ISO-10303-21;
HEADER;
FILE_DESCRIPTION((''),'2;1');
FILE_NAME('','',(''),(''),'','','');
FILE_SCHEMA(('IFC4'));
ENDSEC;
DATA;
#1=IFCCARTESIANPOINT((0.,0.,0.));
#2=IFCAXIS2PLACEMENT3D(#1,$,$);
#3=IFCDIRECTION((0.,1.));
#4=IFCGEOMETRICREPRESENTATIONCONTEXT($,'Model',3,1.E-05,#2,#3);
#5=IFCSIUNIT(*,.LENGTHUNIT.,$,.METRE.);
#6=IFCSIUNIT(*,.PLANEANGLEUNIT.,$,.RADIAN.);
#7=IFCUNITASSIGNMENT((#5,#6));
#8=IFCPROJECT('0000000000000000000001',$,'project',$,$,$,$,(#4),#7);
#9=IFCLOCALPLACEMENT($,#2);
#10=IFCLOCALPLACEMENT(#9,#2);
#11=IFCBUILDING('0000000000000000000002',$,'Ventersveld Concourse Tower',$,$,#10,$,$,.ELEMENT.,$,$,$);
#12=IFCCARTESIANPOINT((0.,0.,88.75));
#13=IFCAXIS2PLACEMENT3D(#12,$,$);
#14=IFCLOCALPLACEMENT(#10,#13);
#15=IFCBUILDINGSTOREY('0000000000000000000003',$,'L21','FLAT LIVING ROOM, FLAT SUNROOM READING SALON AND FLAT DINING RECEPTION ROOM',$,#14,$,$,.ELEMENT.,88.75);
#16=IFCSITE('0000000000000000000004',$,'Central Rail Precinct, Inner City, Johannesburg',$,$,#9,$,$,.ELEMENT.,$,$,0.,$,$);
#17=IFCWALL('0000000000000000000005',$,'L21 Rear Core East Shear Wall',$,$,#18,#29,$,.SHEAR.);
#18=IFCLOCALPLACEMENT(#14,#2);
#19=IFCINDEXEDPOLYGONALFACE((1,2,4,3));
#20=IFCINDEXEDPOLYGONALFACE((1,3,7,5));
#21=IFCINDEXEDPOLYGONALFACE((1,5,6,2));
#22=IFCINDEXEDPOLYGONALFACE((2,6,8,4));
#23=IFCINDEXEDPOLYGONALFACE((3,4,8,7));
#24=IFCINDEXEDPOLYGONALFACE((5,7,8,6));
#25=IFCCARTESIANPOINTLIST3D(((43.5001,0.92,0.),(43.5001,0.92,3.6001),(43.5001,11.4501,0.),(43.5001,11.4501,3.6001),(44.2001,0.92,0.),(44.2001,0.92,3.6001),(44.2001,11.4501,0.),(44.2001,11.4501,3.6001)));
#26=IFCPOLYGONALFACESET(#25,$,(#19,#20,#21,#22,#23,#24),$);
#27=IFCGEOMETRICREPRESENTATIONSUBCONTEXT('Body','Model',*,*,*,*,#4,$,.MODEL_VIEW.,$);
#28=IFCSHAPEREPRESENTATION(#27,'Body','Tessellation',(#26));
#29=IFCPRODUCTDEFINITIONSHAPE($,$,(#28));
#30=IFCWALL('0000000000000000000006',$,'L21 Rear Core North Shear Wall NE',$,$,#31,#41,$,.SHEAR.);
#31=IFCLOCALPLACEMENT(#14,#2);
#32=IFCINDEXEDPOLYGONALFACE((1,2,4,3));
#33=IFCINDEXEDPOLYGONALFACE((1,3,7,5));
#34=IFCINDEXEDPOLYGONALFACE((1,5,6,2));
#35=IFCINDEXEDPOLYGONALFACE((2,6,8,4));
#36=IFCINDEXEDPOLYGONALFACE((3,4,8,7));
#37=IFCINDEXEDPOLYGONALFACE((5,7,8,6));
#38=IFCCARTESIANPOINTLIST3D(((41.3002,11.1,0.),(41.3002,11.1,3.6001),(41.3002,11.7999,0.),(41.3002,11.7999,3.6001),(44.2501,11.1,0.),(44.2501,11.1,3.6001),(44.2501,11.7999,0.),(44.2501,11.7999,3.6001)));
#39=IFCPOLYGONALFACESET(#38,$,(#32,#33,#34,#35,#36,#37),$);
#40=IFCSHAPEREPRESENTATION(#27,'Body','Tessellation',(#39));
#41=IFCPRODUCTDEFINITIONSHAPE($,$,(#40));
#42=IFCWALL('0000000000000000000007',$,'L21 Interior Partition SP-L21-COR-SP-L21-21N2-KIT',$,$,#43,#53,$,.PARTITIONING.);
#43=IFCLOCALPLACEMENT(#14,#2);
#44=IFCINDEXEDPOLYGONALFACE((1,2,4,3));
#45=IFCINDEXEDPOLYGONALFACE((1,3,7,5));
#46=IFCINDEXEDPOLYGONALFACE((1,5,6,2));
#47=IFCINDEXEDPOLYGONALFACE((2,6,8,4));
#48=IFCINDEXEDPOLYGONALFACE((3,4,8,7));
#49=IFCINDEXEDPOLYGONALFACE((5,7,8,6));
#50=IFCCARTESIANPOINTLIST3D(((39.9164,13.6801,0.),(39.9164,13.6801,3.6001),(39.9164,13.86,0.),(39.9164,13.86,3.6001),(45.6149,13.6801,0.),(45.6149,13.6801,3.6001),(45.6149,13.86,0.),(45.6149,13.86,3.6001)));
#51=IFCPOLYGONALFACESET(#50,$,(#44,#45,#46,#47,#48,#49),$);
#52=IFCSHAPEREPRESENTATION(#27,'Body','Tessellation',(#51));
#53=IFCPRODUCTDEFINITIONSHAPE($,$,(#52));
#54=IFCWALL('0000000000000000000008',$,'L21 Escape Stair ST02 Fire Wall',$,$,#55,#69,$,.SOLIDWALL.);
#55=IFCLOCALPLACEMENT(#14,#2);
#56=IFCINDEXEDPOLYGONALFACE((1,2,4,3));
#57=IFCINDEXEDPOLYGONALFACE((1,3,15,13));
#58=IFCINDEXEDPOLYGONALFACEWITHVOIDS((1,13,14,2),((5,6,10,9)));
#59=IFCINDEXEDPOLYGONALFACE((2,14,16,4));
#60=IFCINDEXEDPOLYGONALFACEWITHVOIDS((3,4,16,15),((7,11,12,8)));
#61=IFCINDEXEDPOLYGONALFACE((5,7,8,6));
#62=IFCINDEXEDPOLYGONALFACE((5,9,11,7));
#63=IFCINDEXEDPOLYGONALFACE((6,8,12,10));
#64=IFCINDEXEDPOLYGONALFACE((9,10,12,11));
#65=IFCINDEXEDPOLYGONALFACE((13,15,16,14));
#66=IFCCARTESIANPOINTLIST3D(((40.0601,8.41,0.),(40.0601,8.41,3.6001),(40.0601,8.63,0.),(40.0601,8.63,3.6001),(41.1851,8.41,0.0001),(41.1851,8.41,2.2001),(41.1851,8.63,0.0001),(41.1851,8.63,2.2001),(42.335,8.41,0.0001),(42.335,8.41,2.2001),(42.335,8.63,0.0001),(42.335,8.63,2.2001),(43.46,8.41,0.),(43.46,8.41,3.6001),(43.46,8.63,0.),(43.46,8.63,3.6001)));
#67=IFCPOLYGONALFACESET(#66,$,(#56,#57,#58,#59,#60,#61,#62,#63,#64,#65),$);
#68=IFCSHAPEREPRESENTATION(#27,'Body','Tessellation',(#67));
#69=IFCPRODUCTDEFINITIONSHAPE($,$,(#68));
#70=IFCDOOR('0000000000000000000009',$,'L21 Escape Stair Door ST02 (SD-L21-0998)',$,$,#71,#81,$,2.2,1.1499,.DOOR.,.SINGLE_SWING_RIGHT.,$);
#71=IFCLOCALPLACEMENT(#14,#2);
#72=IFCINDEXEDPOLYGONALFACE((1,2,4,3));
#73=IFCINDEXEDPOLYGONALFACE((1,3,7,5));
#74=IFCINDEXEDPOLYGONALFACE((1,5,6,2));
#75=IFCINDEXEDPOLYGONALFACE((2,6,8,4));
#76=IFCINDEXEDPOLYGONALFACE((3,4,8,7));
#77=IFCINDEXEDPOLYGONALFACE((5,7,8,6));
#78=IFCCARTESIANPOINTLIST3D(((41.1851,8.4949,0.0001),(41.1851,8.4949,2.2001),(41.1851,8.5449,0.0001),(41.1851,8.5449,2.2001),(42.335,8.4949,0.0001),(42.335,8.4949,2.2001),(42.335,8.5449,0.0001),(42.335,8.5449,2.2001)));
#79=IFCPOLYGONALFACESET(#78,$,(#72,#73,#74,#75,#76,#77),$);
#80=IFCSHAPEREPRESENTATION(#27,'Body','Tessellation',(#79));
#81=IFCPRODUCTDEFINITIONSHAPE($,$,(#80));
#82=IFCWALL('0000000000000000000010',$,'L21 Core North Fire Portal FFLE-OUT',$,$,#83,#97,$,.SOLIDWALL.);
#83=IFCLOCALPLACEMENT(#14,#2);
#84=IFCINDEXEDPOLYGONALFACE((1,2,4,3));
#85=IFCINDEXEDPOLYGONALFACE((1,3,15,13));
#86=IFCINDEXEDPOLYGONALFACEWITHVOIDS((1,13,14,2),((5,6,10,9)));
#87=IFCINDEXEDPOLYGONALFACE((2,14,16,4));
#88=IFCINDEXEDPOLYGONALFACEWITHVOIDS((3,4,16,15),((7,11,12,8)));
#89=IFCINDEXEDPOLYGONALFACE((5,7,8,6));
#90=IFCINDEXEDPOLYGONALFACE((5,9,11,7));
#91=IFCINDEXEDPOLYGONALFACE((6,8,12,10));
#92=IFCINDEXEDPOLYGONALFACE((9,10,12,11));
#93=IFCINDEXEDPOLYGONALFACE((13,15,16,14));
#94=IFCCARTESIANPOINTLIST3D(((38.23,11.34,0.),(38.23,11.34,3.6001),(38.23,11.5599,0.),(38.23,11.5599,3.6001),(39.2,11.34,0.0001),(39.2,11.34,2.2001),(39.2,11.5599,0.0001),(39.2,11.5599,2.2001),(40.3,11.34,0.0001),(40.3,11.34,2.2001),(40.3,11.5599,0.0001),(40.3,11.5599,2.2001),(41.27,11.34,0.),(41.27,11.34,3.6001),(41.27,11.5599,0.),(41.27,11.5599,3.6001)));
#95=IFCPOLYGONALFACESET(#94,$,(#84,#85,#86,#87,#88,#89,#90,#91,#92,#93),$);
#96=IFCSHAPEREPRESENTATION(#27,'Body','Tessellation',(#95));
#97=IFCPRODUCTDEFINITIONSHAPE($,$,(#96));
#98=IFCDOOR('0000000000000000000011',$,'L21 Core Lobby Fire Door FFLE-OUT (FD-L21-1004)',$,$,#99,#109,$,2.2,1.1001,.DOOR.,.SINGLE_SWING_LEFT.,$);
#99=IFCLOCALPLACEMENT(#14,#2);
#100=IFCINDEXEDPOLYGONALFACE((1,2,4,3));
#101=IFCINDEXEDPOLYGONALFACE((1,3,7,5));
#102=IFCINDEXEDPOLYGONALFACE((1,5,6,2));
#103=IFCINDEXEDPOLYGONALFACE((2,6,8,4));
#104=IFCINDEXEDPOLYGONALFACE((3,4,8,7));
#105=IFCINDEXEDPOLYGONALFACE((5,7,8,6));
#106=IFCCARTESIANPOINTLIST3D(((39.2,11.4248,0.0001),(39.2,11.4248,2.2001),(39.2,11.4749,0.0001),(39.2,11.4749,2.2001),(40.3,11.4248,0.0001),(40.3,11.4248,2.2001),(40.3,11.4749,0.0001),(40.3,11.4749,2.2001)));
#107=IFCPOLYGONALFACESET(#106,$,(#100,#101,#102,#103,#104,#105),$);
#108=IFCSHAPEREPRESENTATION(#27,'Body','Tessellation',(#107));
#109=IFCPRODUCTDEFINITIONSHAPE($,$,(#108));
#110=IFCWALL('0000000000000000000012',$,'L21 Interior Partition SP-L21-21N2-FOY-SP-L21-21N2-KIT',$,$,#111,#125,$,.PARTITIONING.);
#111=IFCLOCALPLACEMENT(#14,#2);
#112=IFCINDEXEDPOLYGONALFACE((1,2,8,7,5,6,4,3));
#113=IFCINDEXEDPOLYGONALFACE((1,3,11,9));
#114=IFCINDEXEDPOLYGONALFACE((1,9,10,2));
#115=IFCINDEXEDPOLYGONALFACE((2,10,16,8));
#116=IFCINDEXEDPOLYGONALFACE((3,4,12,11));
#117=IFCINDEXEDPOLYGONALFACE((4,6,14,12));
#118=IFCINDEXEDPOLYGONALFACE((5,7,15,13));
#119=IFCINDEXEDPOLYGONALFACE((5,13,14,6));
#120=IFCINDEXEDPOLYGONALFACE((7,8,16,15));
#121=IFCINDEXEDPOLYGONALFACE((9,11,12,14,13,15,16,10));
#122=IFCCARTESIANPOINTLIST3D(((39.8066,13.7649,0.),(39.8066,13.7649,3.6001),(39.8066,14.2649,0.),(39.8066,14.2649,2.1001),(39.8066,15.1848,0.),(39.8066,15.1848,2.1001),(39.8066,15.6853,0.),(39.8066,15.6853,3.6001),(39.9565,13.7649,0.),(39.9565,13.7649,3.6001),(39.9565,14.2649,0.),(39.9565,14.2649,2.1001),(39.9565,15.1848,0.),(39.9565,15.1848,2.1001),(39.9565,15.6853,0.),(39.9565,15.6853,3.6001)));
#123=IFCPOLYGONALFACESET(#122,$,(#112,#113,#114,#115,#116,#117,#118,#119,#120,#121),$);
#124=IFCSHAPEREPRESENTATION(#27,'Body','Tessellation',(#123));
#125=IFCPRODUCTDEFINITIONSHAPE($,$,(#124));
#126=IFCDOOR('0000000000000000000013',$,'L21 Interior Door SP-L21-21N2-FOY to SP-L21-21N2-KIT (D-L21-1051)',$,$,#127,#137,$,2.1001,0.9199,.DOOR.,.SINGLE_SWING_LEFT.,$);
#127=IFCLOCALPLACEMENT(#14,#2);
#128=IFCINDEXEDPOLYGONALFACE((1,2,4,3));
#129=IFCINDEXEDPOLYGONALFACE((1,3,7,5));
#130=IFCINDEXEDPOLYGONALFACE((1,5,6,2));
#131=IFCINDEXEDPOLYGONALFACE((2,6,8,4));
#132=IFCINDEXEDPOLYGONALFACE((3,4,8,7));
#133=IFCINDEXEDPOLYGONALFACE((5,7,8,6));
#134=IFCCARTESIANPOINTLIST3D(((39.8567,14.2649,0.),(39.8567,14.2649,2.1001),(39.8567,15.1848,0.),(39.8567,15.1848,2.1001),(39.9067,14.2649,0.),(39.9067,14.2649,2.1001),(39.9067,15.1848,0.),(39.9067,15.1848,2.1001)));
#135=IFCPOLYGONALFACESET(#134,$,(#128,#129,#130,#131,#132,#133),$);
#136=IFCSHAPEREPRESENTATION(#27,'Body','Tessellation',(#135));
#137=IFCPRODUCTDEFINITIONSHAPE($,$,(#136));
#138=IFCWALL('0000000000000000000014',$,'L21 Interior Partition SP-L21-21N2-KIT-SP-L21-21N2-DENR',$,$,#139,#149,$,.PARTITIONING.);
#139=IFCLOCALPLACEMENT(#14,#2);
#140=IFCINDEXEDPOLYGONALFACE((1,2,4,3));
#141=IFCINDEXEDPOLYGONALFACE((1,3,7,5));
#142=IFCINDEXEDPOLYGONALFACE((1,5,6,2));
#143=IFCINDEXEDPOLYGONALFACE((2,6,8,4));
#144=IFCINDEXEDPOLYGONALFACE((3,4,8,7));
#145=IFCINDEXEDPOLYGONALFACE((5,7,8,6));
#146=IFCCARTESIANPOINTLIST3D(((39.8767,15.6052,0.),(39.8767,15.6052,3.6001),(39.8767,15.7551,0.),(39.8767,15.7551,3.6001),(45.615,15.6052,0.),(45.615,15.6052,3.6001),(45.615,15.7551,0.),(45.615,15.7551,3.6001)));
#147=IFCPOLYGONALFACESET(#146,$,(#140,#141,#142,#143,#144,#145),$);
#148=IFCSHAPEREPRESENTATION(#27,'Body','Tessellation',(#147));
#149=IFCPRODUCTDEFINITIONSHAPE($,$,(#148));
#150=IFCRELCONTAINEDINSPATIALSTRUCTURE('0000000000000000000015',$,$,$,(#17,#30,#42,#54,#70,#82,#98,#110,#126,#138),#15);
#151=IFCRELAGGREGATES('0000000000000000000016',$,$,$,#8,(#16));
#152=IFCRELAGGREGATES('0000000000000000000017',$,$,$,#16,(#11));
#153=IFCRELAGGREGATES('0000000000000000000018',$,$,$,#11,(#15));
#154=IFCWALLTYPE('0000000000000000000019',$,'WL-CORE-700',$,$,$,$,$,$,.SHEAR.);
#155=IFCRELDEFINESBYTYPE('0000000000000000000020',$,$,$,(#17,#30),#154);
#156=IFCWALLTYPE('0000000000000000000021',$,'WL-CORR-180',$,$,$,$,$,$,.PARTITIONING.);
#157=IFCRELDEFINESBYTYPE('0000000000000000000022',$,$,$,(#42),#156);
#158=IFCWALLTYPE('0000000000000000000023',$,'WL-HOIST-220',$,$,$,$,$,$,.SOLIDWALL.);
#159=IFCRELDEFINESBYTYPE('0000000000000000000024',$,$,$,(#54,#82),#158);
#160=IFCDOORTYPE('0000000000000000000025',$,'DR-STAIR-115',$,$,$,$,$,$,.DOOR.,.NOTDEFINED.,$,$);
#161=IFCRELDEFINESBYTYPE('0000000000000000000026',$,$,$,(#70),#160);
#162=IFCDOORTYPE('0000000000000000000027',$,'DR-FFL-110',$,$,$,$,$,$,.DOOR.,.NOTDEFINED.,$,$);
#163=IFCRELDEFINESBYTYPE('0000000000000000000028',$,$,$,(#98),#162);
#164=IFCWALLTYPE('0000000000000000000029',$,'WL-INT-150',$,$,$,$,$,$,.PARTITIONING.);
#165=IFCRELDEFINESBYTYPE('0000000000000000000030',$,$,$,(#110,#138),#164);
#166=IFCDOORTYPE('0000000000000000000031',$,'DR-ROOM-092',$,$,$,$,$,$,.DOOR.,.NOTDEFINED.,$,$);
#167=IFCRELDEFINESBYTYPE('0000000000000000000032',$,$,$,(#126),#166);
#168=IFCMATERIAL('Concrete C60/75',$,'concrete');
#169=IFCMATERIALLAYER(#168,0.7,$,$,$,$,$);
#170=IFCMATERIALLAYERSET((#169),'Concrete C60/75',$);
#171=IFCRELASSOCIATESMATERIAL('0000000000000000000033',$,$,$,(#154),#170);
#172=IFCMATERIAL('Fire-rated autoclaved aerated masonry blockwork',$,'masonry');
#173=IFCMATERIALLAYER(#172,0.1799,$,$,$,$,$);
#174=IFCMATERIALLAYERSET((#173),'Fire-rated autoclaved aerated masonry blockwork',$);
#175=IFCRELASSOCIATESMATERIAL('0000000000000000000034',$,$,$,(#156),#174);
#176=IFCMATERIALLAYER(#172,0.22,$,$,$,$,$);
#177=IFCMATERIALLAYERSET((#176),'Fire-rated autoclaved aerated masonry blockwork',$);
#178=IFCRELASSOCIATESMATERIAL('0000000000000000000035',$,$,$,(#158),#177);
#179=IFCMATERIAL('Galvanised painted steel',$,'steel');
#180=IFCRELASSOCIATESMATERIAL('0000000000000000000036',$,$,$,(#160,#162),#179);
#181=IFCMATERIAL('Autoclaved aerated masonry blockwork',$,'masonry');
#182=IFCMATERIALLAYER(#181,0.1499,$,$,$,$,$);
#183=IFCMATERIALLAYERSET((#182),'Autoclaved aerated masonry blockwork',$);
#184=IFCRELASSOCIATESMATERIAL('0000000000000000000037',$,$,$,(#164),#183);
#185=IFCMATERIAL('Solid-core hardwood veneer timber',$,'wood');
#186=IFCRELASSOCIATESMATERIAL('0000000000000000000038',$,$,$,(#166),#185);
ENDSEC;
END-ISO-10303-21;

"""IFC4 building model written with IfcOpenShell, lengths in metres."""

from ifc_helpers import new_model, si_unit, direction, frame, frame_2d, origin, place, context, subcontext, project, spatial, rectangle, extrude, material, layer, layer_set, type_object, element, fill, save


model = new_model("IFC4")

# Units and contexts
model_context = context("Model", 3, precision=1e-05, world=origin(), true_north=direction((0.0, 1.0)))
body_context = subcontext(model_context, "Body", "Model", "MODEL_VIEW")
ifc_project = project(units=[si_unit("LENGTHUNIT", "METRE"), si_unit("PLANEANGLEUNIT", "RADIAN")], contexts=[model_context])

# Site, building, storey
site_placement = place(None, origin())
site = spatial("IfcSite", under=ifc_project, at=site_placement, Name="Central Rail Precinct, Inner City, Johannesburg", CompositionType="ELEMENT", RefElevation=0.0)
building_placement = place(site_placement, origin())
building = spatial("IfcBuilding", under=site, at=building_placement, Name="Ventersveld Concourse Tower", CompositionType="ELEMENT")
storey_placement = place(building_placement, frame((0.0, 0.0, 88.75)))
storey = spatial("IfcBuildingStorey", under=building, at=storey_placement, Name="L21", Description="FLAT LIVING ROOM, FLAT SUNROOM READING SALON AND FLAT DINING RECEPTION ROOM", CompositionType="ELEMENT", Elevation=88.75)

# Walls
ifc_material_1 = material(Name="Concrete C60/75", Category="concrete")
ifc_layer_1 = layer(ifc_material_1, 0.7)
ifc_layer_set_1 = layer_set([ifc_layer_1], Name="Concrete C60/75")
wall_type_1 = type_object("IfcWallType", Name="WL-CORE-700", PredefinedType="SHEAR", material=ifc_layer_set_1)
wall_1_placement = place(storey_placement, frame((43.8501, 0.9199, 0.0), z_axis=(0.0, 0.0, 1.0), x_axis=(0.0, 1.0, 0.0)))
element("IfcWall", 1, at=wall_1_placement, inside=storey, type_object=wall_type_1, Name="L21 Rear Core East Shear Wall", PredefinedType="SHEAR", context=body_context, shape_type="SweptSolid", body=[
    extrude(rectangle(XDim=10.53, YDim=0.7, at=frame_2d((5.2651, 0.0))), origin(), (0.0, 0.0, 1.0), 3.6001),
])
wall_2_placement = place(storey_placement, frame((41.3, 11.45, 0.0), z_axis=(0.0, 0.0, 1.0), x_axis=(1.0, 0.0, 0.0)))
element("IfcWall", 2, at=wall_2_placement, inside=storey, type_object=wall_type_1, Name="L21 Rear Core North Shear Wall NE", PredefinedType="SHEAR", context=body_context, shape_type="SweptSolid", body=[
    extrude(rectangle(XDim=2.95, YDim=0.7, at=frame_2d((1.4751, 0.0))), origin(), (0.0, 0.0, 1.0), 3.6001),
])
ifc_material_2 = material(Name="Fire-rated autoclaved aerated masonry blockwork", Category="masonry")
ifc_layer_2 = layer(ifc_material_2, 0.1799)
ifc_layer_set_2 = layer_set([ifc_layer_2], Name="Fire-rated autoclaved aerated masonry blockwork")
wall_type_2 = type_object("IfcWallType", Name="WL-CORR-180", PredefinedType="PARTITIONING", material=ifc_layer_set_2)
wall_3_placement = place(storey_placement, frame((39.9165, 13.77, 0.0), z_axis=(0.0, 0.0, 1.0), x_axis=(1.0, 0.0, 0.0)))
element("IfcWall", 3, at=wall_3_placement, inside=storey, type_object=wall_type_2, Name="L21 Interior Partition SP-L21-COR-SP-L21-21N2-KIT", PredefinedType="PARTITIONING", context=body_context, shape_type="SweptSolid", body=[
    extrude(rectangle(XDim=5.6985, YDim=0.1799, at=frame_2d((2.8491, 0.0))), origin(), (0.0, 0.0, 1.0), 3.6001),
])

# Walls, openings, doors
ifc_layer_3 = layer(ifc_material_2, 0.22)
ifc_layer_set_3 = layer_set([ifc_layer_3], Name="Fire-rated autoclaved aerated masonry blockwork")
wall_type_3 = type_object("IfcWallType", Name="WL-HOIST-220", PredefinedType="SOLIDWALL", material=ifc_layer_set_3)
wall_4_placement = place(storey_placement, frame((40.0601, 8.52, 0.0), z_axis=(0.0, 0.0, 1.0), x_axis=(1.0, 0.0, 0.0)))
wall_4 = element("IfcWall", 4, at=wall_4_placement, inside=storey, type_object=wall_type_3, Name="L21 Escape Stair ST02 Fire Wall", PredefinedType="SOLIDWALL", context=body_context, shape_type="SweptSolid", body=[
    extrude(rectangle(XDim=3.3999, YDim=0.22, at=frame_2d((1.7, 0.0))), origin(), (0.0, 0.0, 1.0), 3.6001),
])
opening_1_placement = place(wall_4_placement, frame((1.125, 0.0, 0.0)))
opening_1 = element("IfcOpeningElement", 5, at=opening_1_placement, cuts=wall_4, PredefinedType="OPENING", context=body_context, shape_type="SweptSolid", body=[
    extrude(rectangle(XDim=1.1499, YDim=2.2, at=frame_2d((0.575, 1.1001))), frame((0.0, 0.1201, 0.0), z_axis=(0.0, -1.0, 0.0), x_axis=(1.0, 0.0, 0.0)), (0.0, 0.0, 1.0), 0.24),
])
ifc_material_3 = material(Name="Galvanised painted steel", Category="steel")
door_type_1 = type_object("IfcDoorType", Name="DR-STAIR-115", OperationType="NOTDEFINED", PredefinedType="DOOR", material=ifc_material_3)
door_1_placement = place(opening_1_placement, origin())
door_1 = element("IfcDoor", 6, at=door_1_placement, inside=storey, type_object=door_type_1, Name="L21 Escape Stair Door ST02 (SD-L21-0998)", OperationType="SINGLE_SWING_RIGHT", OverallHeight=2.2, OverallWidth=1.1499, PredefinedType="DOOR", context=body_context, shape_type="SweptSolid", body=[
    extrude(rectangle(XDim=1.1499, YDim=2.2, at=frame_2d((0.575, 1.1001))), frame((0.0, 0.0249, 0.0), z_axis=(0.0, -1.0, 0.0), x_axis=(1.0, 0.0, 0.0)), (0.0, 0.0, 1.0), 0.05),
])
fill(opening_1, door_1)
wall_5_placement = place(storey_placement, frame((38.23, 11.45, 0.0), z_axis=(0.0, 0.0, 1.0), x_axis=(1.0, 0.0, 0.0)))
wall_5 = element("IfcWall", 7, at=wall_5_placement, inside=storey, type_object=wall_type_3, Name="L21 Core North Fire Portal FFLE-OUT", PredefinedType="SOLIDWALL", context=body_context, shape_type="SweptSolid", body=[
    extrude(rectangle(XDim=3.04, YDim=0.22, at=frame_2d((1.52, 0.0))), origin(), (0.0, 0.0, 1.0), 3.6001),
])
opening_2_placement = place(wall_5_placement, frame((0.97, 0.0, 0.0)))
opening_2 = element("IfcOpeningElement", 8, at=opening_2_placement, cuts=wall_5, PredefinedType="OPENING", context=body_context, shape_type="SweptSolid", body=[
    extrude(rectangle(XDim=1.1001, YDim=2.2, at=frame_2d((0.55, 1.1001))), frame((0.0, 0.1201, 0.0), z_axis=(0.0, -1.0, 0.0), x_axis=(1.0, 0.0, 0.0)), (0.0, 0.0, 1.0), 0.24),
])
door_type_2 = type_object("IfcDoorType", Name="DR-FFL-110", OperationType="NOTDEFINED", PredefinedType="DOOR", material=ifc_material_3)
door_2_placement = place(opening_2_placement, origin())
door_2 = element("IfcDoor", 9, at=door_2_placement, inside=storey, type_object=door_type_2, Name="L21 Core Lobby Fire Door FFLE-OUT (FD-L21-1004)", OperationType="SINGLE_SWING_LEFT", OverallHeight=2.2, OverallWidth=1.1001, PredefinedType="DOOR", context=body_context, shape_type="SweptSolid", body=[
    extrude(rectangle(XDim=1.1001, YDim=2.2, at=frame_2d((0.55, 1.1001))), frame((0.0, 0.0249, 0.0), z_axis=(0.0, -1.0, 0.0), x_axis=(1.0, 0.0, 0.0)), (0.0, 0.0, 1.0), 0.05),
])
fill(opening_2, door_2)
ifc_material_4 = material(Name="Autoclaved aerated masonry blockwork", Category="masonry")
ifc_layer_4 = layer(ifc_material_4, 0.1499)
ifc_layer_set_4 = layer_set([ifc_layer_4], Name="Autoclaved aerated masonry blockwork")
wall_type_4 = type_object("IfcWallType", Name="WL-INT-150", PredefinedType="PARTITIONING", material=ifc_layer_set_4)
wall_6_placement = place(storey_placement, frame((39.8816, 13.7649, 0.0), z_axis=(0.0, 0.0, 1.0), x_axis=(0.0, 1.0, 0.0)))
wall_6 = element("IfcWall", 10, at=wall_6_placement, inside=storey, type_object=wall_type_4, Name="L21 Interior Partition SP-L21-21N2-FOY-SP-L21-21N2-KIT", PredefinedType="PARTITIONING", context=body_context, shape_type="SweptSolid", body=[
    extrude(rectangle(XDim=1.9204, YDim=0.1499, at=frame_2d((0.9602, 0.0))), origin(), (0.0, 0.0, 1.0), 3.6001),
])
opening_3_placement = place(wall_6_placement, frame((0.5, 0.0, 0.0)))
opening_3 = element("IfcOpeningElement", 11, at=opening_3_placement, cuts=wall_6, PredefinedType="OPENING", context=body_context, shape_type="SweptSolid", body=[
    extrude(rectangle(XDim=0.9199, YDim=2.1001, at=frame_2d((0.46, 1.05))), frame((0.0, 0.085, 0.0), z_axis=(0.0, -1.0, 0.0), x_axis=(1.0, 0.0, 0.0)), (0.0, 0.0, 1.0), 0.1699),
])
ifc_material_5 = material(Name="Solid-core hardwood veneer timber", Category="wood")
door_type_3 = type_object("IfcDoorType", Name="DR-ROOM-092", OperationType="NOTDEFINED", PredefinedType="DOOR", material=ifc_material_5)
door_3_placement = place(opening_3_placement, origin())
door_3 = element("IfcDoor", 12, at=door_3_placement, inside=storey, type_object=door_type_3, Name="L21 Interior Door SP-L21-21N2-FOY to SP-L21-21N2-KIT (D-L21-1051)", OperationType="SINGLE_SWING_LEFT", OverallHeight=2.1001, OverallWidth=0.9199, PredefinedType="DOOR", context=body_context, shape_type="SweptSolid", body=[
    extrude(rectangle(XDim=0.9199, YDim=2.1001, at=frame_2d((0.46, 1.05))), frame((0.0, 0.0249, 0.0), z_axis=(0.0, -1.0, 0.0), x_axis=(1.0, 0.0, 0.0)), (0.0, 0.0, 1.0), 0.05),
])
fill(opening_3, door_3)

# Wall
wall_7_placement = place(storey_placement, frame((39.8767, 15.6802, 0.0), z_axis=(0.0, 0.0, 1.0), x_axis=(1.0, 0.0, 0.0)))
element("IfcWall", 13, at=wall_7_placement, inside=storey, type_object=wall_type_4, Name="L21 Interior Partition SP-L21-21N2-KIT-SP-L21-21N2-DENR", PredefinedType="PARTITIONING", context=body_context, shape_type="SweptSolid", body=[
    extrude(rectangle(XDim=5.7383, YDim=0.1499, at=frame_2d((2.8691, 0.0))), origin(), (0.0, 0.0, 1.0), 3.6001),
])

save(model, "model.ifc")
